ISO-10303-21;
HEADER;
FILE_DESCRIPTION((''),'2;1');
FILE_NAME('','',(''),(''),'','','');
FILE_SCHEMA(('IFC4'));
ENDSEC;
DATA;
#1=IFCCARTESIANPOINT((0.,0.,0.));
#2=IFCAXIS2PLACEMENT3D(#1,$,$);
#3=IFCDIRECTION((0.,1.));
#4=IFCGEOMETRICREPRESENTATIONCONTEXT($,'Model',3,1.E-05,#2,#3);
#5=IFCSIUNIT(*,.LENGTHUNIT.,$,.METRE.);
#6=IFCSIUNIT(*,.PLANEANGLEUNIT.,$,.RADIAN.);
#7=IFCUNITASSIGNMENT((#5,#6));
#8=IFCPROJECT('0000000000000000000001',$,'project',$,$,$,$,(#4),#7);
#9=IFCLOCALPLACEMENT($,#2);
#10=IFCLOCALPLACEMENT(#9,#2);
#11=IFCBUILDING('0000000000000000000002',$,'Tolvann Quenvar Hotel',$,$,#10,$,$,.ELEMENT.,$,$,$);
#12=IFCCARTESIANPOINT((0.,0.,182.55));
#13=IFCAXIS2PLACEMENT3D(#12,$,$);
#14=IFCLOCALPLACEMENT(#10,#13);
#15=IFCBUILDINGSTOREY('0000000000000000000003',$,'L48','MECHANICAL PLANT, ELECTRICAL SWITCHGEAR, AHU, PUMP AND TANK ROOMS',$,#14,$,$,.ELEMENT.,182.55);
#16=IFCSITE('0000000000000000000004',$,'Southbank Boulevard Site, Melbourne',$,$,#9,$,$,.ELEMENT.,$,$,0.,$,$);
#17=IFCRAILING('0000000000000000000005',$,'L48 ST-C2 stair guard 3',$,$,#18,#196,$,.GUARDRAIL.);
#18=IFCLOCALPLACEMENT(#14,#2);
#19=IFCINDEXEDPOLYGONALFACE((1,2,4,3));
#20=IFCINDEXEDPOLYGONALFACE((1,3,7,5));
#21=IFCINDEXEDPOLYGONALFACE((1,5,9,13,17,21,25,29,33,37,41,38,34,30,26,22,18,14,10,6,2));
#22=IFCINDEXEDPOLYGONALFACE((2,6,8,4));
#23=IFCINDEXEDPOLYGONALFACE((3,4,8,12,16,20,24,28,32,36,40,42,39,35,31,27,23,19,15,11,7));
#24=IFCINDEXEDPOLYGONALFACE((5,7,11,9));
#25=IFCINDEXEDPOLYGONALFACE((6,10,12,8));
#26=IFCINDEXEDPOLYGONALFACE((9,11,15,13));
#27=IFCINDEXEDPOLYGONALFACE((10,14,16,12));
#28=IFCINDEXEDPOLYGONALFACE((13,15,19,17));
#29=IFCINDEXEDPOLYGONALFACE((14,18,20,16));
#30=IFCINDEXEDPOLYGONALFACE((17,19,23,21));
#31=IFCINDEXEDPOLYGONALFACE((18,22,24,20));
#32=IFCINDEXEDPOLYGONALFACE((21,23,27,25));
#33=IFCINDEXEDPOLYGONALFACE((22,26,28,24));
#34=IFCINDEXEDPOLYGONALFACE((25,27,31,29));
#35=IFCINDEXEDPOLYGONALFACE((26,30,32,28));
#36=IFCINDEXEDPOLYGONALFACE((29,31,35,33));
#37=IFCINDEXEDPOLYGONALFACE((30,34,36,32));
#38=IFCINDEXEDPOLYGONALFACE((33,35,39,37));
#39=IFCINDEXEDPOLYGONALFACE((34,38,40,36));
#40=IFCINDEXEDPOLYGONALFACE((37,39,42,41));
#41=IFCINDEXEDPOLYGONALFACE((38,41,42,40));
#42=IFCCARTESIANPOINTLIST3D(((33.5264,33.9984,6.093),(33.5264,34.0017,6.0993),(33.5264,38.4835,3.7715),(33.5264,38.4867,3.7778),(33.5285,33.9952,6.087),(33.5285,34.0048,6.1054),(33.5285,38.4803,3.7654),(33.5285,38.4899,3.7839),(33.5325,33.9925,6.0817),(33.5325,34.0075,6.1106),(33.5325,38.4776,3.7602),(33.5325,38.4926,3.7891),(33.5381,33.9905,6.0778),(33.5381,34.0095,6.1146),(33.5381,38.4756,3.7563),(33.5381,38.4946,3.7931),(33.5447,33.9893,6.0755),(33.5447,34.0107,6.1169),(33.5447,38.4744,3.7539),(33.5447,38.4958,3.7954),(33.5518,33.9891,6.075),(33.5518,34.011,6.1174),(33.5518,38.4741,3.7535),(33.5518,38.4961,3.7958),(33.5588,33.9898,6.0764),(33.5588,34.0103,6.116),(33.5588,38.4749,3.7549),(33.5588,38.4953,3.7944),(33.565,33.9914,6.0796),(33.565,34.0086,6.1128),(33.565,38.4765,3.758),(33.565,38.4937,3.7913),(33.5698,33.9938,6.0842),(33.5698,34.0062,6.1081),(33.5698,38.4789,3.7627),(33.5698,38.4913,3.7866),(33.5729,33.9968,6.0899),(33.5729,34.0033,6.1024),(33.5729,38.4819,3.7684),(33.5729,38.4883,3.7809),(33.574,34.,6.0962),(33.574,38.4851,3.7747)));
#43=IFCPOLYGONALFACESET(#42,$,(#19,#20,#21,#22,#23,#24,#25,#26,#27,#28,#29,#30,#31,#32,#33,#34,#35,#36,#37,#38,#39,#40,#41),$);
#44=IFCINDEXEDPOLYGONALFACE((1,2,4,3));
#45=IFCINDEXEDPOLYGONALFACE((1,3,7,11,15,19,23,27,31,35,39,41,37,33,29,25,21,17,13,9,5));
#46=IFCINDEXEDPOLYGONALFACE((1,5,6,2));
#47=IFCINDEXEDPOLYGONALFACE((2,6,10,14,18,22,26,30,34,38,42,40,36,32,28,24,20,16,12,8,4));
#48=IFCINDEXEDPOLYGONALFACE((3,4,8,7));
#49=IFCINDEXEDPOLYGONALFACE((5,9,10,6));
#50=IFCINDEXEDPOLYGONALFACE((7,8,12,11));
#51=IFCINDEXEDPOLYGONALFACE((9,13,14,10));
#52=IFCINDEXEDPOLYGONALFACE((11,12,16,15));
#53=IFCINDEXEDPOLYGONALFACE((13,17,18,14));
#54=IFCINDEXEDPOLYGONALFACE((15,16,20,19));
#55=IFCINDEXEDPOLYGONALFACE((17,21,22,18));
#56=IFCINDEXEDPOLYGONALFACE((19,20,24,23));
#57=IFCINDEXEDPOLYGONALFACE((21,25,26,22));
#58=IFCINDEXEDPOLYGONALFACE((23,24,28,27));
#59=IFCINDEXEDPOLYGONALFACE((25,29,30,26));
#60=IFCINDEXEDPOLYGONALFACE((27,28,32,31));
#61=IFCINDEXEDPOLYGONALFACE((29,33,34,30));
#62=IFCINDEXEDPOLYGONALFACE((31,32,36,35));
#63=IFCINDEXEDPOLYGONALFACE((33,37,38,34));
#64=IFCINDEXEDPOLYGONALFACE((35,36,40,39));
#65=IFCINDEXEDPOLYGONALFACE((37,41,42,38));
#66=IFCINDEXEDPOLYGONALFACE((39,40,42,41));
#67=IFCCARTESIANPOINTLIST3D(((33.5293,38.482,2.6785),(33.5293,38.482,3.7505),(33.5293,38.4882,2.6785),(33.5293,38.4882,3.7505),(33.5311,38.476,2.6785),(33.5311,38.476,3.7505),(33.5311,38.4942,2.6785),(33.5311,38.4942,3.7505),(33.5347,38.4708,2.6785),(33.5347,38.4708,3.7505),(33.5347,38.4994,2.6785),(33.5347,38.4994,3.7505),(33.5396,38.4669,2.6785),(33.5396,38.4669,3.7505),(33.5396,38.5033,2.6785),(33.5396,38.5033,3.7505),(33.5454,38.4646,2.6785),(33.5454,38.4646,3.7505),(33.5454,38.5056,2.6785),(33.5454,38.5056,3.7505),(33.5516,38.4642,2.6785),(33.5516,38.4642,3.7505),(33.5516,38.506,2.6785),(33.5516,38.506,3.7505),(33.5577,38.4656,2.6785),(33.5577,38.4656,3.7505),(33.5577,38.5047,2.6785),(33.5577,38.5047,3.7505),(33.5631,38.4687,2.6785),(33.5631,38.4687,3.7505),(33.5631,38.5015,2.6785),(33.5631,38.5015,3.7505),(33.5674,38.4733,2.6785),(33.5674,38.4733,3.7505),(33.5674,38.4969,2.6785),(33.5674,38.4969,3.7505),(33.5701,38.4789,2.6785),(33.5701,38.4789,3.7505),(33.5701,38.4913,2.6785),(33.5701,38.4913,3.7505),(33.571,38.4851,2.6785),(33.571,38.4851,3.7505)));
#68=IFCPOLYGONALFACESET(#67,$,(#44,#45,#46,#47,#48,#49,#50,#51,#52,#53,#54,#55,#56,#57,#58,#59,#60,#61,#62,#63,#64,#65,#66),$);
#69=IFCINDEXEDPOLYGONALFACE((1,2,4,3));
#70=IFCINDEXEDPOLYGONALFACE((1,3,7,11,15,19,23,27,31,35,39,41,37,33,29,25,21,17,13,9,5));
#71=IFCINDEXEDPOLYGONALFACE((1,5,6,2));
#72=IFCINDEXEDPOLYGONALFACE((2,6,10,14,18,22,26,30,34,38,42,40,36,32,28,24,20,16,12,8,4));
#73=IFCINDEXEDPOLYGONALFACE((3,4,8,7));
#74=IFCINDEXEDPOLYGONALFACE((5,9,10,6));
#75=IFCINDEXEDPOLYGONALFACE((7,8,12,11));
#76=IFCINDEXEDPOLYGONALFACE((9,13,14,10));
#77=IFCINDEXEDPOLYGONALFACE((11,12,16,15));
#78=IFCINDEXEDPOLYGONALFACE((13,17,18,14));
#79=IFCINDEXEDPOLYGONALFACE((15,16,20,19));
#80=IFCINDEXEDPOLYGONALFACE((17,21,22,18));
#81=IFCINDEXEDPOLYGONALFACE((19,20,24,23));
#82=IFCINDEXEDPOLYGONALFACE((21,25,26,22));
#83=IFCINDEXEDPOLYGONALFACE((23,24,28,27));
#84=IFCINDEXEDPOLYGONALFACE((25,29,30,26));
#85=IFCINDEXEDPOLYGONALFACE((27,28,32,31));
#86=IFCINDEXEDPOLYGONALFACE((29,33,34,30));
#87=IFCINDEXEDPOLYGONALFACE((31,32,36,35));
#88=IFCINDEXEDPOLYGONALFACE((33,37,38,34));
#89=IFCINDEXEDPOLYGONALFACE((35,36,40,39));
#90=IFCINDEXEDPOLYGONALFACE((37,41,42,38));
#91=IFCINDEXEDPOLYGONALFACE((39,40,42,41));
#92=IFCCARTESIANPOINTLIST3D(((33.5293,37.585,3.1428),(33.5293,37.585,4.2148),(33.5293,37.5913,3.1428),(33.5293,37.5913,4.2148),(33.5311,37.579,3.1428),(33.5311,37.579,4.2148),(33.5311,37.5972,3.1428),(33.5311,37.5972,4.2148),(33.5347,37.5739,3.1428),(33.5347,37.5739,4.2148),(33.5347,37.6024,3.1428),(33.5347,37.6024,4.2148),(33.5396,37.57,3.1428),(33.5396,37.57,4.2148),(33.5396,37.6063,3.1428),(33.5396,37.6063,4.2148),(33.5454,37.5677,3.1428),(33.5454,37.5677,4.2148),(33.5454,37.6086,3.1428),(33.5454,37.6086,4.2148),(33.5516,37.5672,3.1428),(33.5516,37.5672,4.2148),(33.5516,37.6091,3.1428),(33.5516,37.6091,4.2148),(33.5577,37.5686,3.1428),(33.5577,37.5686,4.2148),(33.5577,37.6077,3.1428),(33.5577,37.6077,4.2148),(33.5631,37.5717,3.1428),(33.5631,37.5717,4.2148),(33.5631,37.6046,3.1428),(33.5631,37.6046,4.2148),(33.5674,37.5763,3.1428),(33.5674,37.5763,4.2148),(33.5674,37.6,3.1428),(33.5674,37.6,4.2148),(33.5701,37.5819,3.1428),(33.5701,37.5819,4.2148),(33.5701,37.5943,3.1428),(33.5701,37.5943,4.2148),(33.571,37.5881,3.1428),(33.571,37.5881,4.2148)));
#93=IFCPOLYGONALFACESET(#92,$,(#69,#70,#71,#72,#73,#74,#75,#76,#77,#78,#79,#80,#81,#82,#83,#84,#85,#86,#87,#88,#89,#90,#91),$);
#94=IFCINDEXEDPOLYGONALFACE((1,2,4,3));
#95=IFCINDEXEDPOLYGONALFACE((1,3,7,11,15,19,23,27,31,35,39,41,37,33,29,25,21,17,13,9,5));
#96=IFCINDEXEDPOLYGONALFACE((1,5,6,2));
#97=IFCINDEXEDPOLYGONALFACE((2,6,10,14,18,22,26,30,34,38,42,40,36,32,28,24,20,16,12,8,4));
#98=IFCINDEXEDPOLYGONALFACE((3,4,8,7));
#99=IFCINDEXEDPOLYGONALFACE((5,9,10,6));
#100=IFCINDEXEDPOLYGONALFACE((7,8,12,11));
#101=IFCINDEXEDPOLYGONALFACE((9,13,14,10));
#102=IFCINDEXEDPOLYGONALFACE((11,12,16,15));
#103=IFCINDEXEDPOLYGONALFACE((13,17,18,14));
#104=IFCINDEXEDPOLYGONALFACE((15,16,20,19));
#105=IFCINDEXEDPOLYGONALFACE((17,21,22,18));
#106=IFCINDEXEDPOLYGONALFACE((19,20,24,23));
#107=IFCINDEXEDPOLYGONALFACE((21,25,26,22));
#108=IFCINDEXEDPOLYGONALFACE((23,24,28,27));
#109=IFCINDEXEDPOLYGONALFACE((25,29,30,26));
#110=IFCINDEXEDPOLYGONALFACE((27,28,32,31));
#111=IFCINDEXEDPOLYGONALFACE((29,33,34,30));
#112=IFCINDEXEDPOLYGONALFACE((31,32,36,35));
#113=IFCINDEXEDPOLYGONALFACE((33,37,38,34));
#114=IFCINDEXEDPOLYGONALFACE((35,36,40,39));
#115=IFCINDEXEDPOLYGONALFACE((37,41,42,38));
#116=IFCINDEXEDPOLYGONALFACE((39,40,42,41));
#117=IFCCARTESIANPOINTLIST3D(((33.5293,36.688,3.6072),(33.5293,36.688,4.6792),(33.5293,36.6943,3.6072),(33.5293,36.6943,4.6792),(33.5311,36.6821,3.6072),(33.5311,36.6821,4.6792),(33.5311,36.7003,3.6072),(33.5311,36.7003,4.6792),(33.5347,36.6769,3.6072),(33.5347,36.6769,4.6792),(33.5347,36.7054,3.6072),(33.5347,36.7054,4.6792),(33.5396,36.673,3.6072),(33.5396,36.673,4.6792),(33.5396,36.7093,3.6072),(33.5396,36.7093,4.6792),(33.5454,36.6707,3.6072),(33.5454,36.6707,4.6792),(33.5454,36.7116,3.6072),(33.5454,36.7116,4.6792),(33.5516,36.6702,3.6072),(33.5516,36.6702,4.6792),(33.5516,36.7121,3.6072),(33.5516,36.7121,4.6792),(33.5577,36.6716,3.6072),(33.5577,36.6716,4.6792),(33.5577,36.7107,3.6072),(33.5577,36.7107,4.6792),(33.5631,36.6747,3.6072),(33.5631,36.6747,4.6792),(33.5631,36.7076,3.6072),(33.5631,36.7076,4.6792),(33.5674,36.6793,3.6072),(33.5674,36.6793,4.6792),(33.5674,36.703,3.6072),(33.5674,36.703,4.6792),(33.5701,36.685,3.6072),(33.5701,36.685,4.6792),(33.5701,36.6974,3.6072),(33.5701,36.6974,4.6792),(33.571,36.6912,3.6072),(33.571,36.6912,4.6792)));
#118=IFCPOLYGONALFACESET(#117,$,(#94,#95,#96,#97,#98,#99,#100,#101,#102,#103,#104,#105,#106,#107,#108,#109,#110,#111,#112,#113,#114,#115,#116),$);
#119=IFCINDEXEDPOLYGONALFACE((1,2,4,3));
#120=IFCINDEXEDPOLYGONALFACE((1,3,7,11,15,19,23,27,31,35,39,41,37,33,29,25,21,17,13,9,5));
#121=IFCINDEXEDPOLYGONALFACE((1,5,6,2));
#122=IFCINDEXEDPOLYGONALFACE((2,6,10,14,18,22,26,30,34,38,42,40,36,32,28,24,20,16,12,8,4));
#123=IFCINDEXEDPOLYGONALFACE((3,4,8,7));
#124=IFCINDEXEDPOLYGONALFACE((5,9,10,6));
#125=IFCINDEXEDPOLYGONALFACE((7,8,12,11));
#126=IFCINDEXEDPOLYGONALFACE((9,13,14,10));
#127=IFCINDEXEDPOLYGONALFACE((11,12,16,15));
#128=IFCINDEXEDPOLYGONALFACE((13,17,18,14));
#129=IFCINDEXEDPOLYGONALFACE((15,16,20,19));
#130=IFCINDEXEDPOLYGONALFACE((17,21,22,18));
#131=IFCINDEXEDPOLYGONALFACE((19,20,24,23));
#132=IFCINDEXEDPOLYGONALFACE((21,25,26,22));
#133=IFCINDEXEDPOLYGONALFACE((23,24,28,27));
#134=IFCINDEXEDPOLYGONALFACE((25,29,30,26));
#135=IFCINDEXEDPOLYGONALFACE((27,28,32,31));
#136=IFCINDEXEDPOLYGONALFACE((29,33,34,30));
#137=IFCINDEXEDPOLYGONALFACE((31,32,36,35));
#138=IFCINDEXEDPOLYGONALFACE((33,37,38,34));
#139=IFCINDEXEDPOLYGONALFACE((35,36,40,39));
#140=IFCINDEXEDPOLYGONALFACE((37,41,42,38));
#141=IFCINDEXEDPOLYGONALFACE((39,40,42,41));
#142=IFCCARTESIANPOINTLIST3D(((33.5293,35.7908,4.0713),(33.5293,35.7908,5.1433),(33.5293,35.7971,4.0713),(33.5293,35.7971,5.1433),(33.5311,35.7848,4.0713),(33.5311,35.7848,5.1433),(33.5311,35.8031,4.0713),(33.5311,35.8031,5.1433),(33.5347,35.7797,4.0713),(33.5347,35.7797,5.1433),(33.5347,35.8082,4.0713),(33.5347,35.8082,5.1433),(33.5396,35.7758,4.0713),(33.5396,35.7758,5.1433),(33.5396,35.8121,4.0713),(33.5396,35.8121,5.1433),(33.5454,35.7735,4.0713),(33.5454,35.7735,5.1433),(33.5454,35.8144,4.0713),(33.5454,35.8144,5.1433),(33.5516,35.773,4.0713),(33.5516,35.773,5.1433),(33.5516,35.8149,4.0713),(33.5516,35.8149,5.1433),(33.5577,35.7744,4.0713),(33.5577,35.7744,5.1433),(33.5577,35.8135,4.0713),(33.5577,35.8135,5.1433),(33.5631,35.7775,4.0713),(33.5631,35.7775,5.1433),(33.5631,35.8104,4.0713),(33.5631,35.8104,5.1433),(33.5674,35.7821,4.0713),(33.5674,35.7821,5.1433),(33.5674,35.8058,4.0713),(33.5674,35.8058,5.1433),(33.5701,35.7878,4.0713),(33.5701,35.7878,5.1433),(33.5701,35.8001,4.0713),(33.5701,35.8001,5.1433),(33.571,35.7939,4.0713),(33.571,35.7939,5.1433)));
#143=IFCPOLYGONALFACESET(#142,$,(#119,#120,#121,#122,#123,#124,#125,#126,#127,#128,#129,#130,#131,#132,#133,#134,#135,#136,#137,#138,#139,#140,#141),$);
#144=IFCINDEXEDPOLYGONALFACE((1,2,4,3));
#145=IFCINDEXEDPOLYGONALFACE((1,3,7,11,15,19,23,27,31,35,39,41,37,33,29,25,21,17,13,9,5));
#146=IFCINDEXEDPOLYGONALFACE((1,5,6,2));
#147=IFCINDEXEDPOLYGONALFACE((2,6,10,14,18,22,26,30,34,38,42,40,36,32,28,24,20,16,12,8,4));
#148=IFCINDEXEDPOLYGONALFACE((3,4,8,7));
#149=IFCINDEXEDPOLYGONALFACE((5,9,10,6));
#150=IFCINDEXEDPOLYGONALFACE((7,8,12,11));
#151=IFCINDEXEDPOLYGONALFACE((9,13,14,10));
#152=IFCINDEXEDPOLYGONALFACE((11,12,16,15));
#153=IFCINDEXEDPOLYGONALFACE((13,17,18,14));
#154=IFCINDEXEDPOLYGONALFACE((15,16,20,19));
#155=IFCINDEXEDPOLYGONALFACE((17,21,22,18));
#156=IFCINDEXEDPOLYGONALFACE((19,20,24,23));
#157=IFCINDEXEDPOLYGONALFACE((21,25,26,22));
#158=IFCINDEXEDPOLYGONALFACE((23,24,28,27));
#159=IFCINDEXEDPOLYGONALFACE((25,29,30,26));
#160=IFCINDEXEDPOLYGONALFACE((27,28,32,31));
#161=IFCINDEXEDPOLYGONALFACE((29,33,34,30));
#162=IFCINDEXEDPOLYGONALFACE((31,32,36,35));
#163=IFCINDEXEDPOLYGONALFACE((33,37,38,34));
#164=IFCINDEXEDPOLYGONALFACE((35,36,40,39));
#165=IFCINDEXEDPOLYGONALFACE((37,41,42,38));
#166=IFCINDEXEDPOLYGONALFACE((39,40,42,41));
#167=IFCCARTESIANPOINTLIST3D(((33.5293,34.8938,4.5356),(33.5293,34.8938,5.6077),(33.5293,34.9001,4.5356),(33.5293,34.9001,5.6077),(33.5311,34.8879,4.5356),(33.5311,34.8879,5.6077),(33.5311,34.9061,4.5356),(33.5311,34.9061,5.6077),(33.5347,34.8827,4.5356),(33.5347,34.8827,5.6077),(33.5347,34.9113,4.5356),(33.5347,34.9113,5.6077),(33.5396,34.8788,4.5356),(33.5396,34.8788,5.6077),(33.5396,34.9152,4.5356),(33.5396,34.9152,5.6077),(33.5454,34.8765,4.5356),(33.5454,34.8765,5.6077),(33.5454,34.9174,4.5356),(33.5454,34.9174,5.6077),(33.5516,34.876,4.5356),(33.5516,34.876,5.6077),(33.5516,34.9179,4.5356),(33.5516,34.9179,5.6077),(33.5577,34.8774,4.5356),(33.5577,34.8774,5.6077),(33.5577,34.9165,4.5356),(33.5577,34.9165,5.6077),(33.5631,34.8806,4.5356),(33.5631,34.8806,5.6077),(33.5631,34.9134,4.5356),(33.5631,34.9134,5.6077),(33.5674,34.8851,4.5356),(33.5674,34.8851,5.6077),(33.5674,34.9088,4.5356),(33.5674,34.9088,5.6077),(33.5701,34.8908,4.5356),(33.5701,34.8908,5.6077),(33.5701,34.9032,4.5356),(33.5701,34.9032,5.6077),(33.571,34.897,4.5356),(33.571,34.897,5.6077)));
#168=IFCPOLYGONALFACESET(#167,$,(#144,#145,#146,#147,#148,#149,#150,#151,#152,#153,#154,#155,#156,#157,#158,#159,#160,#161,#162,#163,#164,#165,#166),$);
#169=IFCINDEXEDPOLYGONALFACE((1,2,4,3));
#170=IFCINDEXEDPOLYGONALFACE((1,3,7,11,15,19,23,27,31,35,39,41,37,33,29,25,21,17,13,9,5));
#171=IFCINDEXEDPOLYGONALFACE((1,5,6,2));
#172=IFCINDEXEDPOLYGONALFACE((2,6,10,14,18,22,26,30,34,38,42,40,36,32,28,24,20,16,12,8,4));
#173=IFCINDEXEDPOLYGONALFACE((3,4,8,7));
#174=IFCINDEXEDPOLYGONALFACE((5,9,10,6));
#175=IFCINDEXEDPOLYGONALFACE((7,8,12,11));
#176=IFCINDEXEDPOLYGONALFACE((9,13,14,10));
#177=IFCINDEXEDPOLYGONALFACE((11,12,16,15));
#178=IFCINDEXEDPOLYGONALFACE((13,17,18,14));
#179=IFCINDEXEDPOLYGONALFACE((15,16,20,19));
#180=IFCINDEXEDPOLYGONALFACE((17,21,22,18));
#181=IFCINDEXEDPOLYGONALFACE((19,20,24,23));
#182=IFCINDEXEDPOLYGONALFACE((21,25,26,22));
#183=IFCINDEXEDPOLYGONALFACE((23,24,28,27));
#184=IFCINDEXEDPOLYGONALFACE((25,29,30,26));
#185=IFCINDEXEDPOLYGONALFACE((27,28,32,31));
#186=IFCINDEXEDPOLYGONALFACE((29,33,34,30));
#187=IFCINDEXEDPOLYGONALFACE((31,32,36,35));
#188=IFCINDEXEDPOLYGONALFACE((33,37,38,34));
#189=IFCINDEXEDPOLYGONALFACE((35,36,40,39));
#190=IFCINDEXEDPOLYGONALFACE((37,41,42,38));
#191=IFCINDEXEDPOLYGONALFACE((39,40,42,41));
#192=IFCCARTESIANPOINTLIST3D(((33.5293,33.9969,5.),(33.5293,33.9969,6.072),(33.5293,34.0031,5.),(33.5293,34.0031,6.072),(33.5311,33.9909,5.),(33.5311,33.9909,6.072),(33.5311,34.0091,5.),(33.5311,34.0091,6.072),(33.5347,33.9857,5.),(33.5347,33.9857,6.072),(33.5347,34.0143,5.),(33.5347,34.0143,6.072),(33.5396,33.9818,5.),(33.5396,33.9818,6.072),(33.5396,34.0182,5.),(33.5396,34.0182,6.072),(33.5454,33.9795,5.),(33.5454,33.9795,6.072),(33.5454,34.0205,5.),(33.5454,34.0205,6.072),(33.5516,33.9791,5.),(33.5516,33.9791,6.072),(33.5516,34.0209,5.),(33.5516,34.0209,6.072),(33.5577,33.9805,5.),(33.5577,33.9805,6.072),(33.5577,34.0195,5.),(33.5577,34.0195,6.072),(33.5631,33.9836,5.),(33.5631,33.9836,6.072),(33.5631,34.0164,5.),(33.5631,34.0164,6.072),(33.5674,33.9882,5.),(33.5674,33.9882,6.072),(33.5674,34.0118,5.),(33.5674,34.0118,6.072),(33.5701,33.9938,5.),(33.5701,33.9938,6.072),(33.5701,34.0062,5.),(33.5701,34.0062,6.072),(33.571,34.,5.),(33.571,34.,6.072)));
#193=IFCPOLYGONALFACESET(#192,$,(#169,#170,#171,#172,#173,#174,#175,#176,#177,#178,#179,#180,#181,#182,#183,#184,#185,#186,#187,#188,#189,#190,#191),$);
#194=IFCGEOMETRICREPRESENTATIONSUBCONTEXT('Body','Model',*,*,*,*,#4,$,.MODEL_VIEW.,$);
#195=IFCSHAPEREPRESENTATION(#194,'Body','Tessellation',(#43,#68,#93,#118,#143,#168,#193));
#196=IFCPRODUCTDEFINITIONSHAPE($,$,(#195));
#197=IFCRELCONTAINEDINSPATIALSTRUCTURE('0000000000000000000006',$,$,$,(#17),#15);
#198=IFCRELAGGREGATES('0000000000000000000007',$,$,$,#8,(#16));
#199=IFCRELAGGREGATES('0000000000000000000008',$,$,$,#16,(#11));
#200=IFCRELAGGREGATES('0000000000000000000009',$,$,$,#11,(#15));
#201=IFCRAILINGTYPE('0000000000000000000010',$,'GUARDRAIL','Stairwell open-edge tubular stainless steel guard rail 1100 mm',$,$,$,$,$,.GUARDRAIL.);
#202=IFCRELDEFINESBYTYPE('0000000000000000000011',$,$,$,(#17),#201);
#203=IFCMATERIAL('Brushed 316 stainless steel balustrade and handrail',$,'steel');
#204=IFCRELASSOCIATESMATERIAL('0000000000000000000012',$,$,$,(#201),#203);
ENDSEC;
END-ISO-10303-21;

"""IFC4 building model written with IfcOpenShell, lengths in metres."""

from ifc_helpers import new_model, si_unit, direction, frame, origin, origin_2d, place, context, subcontext, project, spatial, circle, extrude, material, type_object, element, save


model = new_model("IFC4")

# Units and contexts
model_context = context("Model", 3, precision=1e-05, world=origin(), true_north=direction((0.0, 1.0)))
body_context = subcontext(model_context, "Body", "Model", "MODEL_VIEW")
ifc_project = project(units=[si_unit("LENGTHUNIT", "METRE"), si_unit("PLANEANGLEUNIT", "RADIAN")], contexts=[model_context])

# Site, building, storey
site_placement = place(None, origin())
site = spatial("IfcSite", under=ifc_project, at=site_placement, Name="Southbank Boulevard Site, Melbourne", CompositionType="ELEMENT", RefElevation=0.0)
building_placement = place(site_placement, origin())
building = spatial("IfcBuilding", under=site, at=building_placement, Name="Tolvann Quenvar Hotel", CompositionType="ELEMENT")
storey_placement = place(building_placement, frame((0.0, 0.0, 182.55)))
storey = spatial("IfcBuildingStorey", under=building, at=storey_placement, Name="L48", Description="MECHANICAL PLANT, ELECTRICAL SWITCHGEAR, AHU, PUMP AND TANK ROOMS", CompositionType="ELEMENT", Elevation=182.55)

# Railing
ifc_material_1 = material(Name="Brushed 316 stainless steel balustrade and handrail", Category="steel")
railing_type_1 = type_object("IfcRailingType", Name="GUARDRAIL", Description="Stairwell open-edge tubular stainless steel guard rail 1100 mm", PredefinedType="GUARDRAIL", material=ifc_material_1)
railing_1_placement = place(storey_placement, frame((33.55, 38.4851, 2.6785)))
element("IfcRailing", 1, at=railing_1_placement, inside=storey, type_object=railing_type_1, Name="L48 ST-C2 stair guard 3", PredefinedType="GUARDRAIL", context=body_context, shape_type="SweptSolid", body=[
    extrude(circle(Radius=0.0239, at=origin_2d()), frame((0.0, 0.0, 1.0962), z_axis=(0.0, -0.888084, 0.459681), x_axis=(1.0, 0.0, 0.0)), (0.0, 0.0, 1.0), 5.0503),
    extrude(circle(Radius=0.021, at=origin_2d()), origin(), (0.0, 0.0, 1.0), 1.072),
    extrude(circle(Radius=0.021, at=origin_2d()), frame((0.0, -0.897, 0.4644)), (0.0, 0.0, 1.0), 1.072),
    extrude(circle(Radius=0.021, at=origin_2d()), frame((0.0, -1.7939, 0.9287)), (0.0, 0.0, 1.0), 1.072),
    extrude(circle(Radius=0.021, at=origin_2d()), frame((0.0, -2.6912, 1.3928)), (0.0, 0.0, 1.0), 1.072),
    extrude(circle(Radius=0.021, at=origin_2d()), frame((0.0, -3.5881, 1.8572)), (0.0, 0.0, 1.0), 1.072),
    extrude(circle(Radius=0.021, at=origin_2d()), frame((0.0, -4.4851, 2.3215)), (0.0, 0.0, 1.0), 1.072),
])

save(model, "model.ifc")
